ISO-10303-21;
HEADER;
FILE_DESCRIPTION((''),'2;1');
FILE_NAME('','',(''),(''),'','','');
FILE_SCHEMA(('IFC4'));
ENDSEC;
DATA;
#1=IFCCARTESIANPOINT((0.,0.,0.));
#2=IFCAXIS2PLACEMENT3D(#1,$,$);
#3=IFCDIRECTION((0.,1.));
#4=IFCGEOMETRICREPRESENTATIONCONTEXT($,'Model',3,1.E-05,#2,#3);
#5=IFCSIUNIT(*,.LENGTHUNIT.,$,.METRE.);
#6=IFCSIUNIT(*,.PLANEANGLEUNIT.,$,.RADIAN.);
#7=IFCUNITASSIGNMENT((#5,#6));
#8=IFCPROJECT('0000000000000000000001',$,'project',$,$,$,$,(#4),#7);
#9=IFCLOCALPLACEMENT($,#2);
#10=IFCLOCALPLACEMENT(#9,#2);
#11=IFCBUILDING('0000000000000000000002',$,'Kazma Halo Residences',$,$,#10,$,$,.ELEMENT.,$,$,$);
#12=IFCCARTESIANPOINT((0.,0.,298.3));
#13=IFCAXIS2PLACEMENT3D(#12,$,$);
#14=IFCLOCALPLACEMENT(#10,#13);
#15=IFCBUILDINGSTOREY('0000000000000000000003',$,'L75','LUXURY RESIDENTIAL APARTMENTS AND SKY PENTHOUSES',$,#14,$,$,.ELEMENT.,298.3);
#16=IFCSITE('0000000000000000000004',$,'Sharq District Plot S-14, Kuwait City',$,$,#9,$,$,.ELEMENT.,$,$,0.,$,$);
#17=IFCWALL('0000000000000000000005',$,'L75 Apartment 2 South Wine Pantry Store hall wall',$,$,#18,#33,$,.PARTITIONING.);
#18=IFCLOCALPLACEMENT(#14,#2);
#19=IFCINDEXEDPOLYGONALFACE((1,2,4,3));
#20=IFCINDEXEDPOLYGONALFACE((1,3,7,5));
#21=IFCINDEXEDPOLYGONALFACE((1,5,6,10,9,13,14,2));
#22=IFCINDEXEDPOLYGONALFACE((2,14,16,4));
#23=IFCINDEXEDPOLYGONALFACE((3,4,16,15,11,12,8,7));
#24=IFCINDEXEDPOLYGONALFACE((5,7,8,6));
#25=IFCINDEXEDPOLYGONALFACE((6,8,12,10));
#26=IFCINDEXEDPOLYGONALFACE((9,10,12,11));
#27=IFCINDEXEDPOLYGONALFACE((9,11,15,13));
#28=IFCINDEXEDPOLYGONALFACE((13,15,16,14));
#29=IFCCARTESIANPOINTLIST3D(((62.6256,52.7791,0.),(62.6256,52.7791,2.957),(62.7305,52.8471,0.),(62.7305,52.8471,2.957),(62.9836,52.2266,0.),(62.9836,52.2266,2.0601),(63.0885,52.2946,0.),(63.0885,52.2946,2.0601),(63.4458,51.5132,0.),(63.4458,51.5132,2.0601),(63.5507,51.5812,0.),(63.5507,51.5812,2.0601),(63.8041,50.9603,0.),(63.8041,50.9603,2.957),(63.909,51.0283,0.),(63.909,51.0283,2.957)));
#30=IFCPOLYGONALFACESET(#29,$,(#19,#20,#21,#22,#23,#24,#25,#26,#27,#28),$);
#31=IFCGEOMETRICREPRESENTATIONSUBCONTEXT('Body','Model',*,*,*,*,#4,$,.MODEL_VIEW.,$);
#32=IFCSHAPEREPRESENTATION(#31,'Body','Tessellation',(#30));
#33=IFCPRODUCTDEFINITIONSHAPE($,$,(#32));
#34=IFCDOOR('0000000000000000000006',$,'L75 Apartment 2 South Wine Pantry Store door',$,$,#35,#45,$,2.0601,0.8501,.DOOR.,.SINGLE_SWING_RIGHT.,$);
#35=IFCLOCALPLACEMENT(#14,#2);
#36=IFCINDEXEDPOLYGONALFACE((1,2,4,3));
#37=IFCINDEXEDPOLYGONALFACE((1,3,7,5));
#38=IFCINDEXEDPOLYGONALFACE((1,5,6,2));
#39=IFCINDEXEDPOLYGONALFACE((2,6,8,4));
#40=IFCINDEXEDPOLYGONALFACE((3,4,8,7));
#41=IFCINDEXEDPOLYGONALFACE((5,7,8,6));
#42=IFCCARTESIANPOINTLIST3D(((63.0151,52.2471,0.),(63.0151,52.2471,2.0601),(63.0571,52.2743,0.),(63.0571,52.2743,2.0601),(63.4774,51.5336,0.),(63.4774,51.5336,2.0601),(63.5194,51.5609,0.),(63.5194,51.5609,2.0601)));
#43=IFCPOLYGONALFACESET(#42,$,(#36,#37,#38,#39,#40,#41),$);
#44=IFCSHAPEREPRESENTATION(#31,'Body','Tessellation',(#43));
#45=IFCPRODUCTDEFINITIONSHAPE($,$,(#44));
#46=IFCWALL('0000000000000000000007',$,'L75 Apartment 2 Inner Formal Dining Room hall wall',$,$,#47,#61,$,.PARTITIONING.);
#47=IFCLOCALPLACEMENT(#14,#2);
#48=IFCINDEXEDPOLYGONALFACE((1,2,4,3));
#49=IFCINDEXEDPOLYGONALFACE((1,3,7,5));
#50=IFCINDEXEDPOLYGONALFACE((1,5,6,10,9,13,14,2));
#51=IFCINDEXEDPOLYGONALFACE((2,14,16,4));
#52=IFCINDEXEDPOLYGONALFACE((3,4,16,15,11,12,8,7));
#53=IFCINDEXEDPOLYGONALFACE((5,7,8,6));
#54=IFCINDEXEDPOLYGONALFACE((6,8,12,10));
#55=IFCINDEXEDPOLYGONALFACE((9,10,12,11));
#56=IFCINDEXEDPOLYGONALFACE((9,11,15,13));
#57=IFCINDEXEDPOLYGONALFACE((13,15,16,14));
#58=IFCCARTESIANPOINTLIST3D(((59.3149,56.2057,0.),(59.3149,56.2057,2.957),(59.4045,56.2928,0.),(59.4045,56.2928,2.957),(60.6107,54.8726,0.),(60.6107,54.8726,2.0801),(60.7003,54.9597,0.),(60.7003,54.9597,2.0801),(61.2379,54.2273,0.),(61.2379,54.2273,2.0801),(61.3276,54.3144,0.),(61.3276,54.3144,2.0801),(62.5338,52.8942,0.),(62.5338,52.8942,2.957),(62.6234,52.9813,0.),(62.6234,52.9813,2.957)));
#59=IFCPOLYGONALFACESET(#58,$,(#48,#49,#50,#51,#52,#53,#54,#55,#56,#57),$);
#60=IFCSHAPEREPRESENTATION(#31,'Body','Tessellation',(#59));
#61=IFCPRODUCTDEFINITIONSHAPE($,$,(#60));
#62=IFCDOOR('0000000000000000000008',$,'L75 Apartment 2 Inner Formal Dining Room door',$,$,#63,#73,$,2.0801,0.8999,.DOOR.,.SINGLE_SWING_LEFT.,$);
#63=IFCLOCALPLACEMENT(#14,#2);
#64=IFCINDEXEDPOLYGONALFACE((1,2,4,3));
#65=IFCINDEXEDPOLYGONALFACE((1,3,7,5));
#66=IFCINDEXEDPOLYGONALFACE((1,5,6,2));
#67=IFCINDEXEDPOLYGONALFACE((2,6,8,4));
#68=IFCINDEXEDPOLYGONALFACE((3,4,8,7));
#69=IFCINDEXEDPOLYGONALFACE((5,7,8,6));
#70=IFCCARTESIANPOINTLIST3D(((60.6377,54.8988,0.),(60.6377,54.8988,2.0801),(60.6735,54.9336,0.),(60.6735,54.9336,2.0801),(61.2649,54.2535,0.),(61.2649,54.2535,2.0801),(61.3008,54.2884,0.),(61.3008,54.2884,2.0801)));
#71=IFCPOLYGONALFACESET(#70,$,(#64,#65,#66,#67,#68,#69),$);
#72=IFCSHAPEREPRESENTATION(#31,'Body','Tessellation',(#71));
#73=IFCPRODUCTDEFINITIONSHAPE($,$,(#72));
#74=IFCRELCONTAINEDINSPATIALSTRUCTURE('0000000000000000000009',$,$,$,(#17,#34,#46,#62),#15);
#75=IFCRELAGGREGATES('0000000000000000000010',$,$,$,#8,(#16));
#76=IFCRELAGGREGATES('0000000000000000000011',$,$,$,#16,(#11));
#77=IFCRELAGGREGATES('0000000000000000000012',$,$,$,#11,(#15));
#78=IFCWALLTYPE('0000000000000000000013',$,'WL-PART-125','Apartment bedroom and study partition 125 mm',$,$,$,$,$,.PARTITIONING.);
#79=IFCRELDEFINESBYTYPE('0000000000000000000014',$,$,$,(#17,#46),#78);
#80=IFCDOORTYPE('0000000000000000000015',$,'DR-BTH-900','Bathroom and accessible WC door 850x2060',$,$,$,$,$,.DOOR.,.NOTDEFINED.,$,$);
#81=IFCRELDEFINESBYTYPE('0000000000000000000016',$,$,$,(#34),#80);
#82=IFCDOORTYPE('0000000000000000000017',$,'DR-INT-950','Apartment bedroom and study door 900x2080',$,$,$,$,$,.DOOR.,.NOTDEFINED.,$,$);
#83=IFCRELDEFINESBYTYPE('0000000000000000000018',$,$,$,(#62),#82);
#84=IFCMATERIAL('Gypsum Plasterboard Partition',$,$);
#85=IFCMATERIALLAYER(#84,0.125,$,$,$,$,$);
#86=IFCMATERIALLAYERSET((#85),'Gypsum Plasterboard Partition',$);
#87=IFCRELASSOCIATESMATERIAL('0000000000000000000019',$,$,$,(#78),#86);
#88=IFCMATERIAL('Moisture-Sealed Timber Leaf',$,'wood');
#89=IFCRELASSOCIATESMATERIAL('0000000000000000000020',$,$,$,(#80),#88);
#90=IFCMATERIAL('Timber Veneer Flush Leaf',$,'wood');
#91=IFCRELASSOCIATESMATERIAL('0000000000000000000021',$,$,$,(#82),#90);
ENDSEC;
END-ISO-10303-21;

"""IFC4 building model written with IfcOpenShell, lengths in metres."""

from ifc_helpers import new_model, si_unit, direction, frame, frame_2d, origin, place, context, subcontext, project, spatial, rectangle, extrude, material, layer, layer_set, type_object, element, fill, save


model = new_model("IFC4")

# Units and contexts
model_context = context("Model", 3, precision=1e-05, world=origin(), true_north=direction((0.0, 1.0)))
body_context = subcontext(model_context, "Body", "Model", "MODEL_VIEW")
ifc_project = project(units=[si_unit("LENGTHUNIT", "METRE"), si_unit("PLANEANGLEUNIT", "RADIAN")], contexts=[model_context])

# Site, building, storey
site_placement = place(None, origin())
site = spatial("IfcSite", under=ifc_project, at=site_placement, Name="Sharq District Plot S-14, Kuwait City", CompositionType="ELEMENT", RefElevation=0.0)
building_placement = place(site_placement, origin())
building = spatial("IfcBuilding", under=site, at=building_placement, Name="Kazma Halo Residences", CompositionType="ELEMENT")
storey_placement = place(building_placement, frame((0.0, 0.0, 298.3)))
storey = spatial("IfcBuildingStorey", under=building, at=storey_placement, Name="L75", Description="LUXURY RESIDENTIAL APARTMENTS AND SKY PENTHOUSES", CompositionType="ELEMENT", Elevation=298.3)

# Shared definitions
ifc_material_1 = material(Name="Gypsum Plasterboard Partition")
ifc_layer_1 = layer(ifc_material_1, 0.125)
ifc_layer_set_1 = layer_set([ifc_layer_1], Name="Gypsum Plasterboard Partition")
wall_type_1 = type_object("IfcWallType", Name="WL-PART-125", Description="Apartment bedroom and study partition 125 mm", PredefinedType="PARTITIONING", material=ifc_layer_set_1)

# Shared definitions
ifc_material_2 = material(Name="Moisture-Sealed Timber Leaf", Category="wood")
door_type_1 = type_object("IfcDoorType", Name="DR-BTH-900", Description="Bathroom and accessible WC door 850x2060", OperationType="NOTDEFINED", PredefinedType="DOOR", material=ifc_material_2)

# Walls, openings, doors
wall_1_placement = place(storey_placement, frame((63.8564, 50.9944, 0.0), z_axis=(0.0, 0.0, 1.0), x_axis=(-0.54376, 0.839241, 0.0)))
wall_1 = element("IfcWall", 1, at=wall_1_placement, inside=storey, type_object=wall_type_1, Name="L75 Apartment 2 South Wine Pantry Store hall wall", PredefinedType="PARTITIONING", context=body_context, shape_type="SweptSolid", body=[
    extrude(rectangle(XDim=2.1672, YDim=0.125, at=frame_2d((1.0835, 0.0))), origin(), (0.0, 0.0, 1.0), 2.957),
])
opening_1_placement = place(wall_1_placement, frame((0.6587, 0.0, 0.0)))
opening_1 = element("IfcOpeningElement", 2, at=opening_1_placement, cuts=wall_1, PredefinedType="OPENING", context=body_context, shape_type="SweptSolid", body=[
    extrude(rectangle(XDim=0.8501, YDim=2.0601, at=frame_2d((0.425, 1.03))), frame((0.0, 0.0725, 0.0), z_axis=(0.0, -1.0, 0.0), x_axis=(1.0, 0.0, 0.0)), (0.0, 0.0, 1.0), 0.145),
])
door_1_placement = place(opening_1_placement, origin())
door_1 = element("IfcDoor", 3, at=door_1_placement, inside=storey, type_object=door_type_1, Name="L75 Apartment 2 South Wine Pantry Store door", OperationType="SINGLE_SWING_RIGHT", OverallHeight=2.0601, OverallWidth=0.8501, PredefinedType="DOOR", context=body_context, shape_type="SweptSolid", body=[
    extrude(rectangle(XDim=0.8501, YDim=2.0601, at=frame_2d((0.425, 1.03))), frame((0.0, 0.0249, 0.0), z_axis=(0.0, -1.0, 0.0), x_axis=(1.0, 0.0, 0.0)), (0.0, 0.0, 1.0), 0.05),
])
fill(opening_1, door_1)
wall_2_placement = place(storey_placement, frame((62.5786, 52.9377, 0.0), z_axis=(0.0, 0.0, 1.0), x_axis=(-0.697018, 0.717054, 0.0)))
wall_2 = element("IfcWall", 4, at=wall_2_placement, inside=storey, type_object=wall_type_1, Name="L75 Apartment 2 Inner Formal Dining Room hall wall", PredefinedType="PARTITIONING", context=body_context, shape_type="SweptSolid", body=[
    extrude(rectangle(XDim=4.6182, YDim=0.125, at=frame_2d((2.3091, 0.0))), origin(), (0.0, 0.0, 1.0), 2.957),
])
opening_2_placement = place(wall_2_placement, frame((1.8591, 0.0, 0.0)))
opening_2 = element("IfcOpeningElement", 5, at=opening_2_placement, cuts=wall_2, PredefinedType="OPENING", context=body_context, shape_type="SweptSolid", body=[
    extrude(rectangle(XDim=0.8999, YDim=2.0801, at=frame_2d((0.45, 1.04))), frame((0.0, 0.0725, 0.0), z_axis=(0.0, -1.0, 0.0), x_axis=(1.0, 0.0, 0.0)), (0.0, 0.0, 1.0), 0.145),
])
ifc_material_3 = material(Name="Timber Veneer Flush Leaf", Category="wood")
door_type_2 = type_object("IfcDoorType", Name="DR-INT-950", Description="Apartment bedroom and study door 900x2080", OperationType="NOTDEFINED", PredefinedType="DOOR", material=ifc_material_3)
door_2_placement = place(opening_2_placement, origin())
door_2 = element("IfcDoor", 6, at=door_2_placement, inside=storey, type_object=door_type_2, Name="L75 Apartment 2 Inner Formal Dining Room door", OperationType="SINGLE_SWING_LEFT", OverallHeight=2.0801, OverallWidth=0.8999, PredefinedType="DOOR", context=body_context, shape_type="SweptSolid", body=[
    extrude(rectangle(XDim=0.8999, YDim=2.0801, at=frame_2d((0.45, 1.04))), frame((0.0, 0.0249, 0.0), z_axis=(0.0, -1.0, 0.0), x_axis=(1.0, 0.0, 0.0)), (0.0, 0.0, 1.0), 0.05),
])
fill(opening_2, door_2)

save(model, "model.ifc")
